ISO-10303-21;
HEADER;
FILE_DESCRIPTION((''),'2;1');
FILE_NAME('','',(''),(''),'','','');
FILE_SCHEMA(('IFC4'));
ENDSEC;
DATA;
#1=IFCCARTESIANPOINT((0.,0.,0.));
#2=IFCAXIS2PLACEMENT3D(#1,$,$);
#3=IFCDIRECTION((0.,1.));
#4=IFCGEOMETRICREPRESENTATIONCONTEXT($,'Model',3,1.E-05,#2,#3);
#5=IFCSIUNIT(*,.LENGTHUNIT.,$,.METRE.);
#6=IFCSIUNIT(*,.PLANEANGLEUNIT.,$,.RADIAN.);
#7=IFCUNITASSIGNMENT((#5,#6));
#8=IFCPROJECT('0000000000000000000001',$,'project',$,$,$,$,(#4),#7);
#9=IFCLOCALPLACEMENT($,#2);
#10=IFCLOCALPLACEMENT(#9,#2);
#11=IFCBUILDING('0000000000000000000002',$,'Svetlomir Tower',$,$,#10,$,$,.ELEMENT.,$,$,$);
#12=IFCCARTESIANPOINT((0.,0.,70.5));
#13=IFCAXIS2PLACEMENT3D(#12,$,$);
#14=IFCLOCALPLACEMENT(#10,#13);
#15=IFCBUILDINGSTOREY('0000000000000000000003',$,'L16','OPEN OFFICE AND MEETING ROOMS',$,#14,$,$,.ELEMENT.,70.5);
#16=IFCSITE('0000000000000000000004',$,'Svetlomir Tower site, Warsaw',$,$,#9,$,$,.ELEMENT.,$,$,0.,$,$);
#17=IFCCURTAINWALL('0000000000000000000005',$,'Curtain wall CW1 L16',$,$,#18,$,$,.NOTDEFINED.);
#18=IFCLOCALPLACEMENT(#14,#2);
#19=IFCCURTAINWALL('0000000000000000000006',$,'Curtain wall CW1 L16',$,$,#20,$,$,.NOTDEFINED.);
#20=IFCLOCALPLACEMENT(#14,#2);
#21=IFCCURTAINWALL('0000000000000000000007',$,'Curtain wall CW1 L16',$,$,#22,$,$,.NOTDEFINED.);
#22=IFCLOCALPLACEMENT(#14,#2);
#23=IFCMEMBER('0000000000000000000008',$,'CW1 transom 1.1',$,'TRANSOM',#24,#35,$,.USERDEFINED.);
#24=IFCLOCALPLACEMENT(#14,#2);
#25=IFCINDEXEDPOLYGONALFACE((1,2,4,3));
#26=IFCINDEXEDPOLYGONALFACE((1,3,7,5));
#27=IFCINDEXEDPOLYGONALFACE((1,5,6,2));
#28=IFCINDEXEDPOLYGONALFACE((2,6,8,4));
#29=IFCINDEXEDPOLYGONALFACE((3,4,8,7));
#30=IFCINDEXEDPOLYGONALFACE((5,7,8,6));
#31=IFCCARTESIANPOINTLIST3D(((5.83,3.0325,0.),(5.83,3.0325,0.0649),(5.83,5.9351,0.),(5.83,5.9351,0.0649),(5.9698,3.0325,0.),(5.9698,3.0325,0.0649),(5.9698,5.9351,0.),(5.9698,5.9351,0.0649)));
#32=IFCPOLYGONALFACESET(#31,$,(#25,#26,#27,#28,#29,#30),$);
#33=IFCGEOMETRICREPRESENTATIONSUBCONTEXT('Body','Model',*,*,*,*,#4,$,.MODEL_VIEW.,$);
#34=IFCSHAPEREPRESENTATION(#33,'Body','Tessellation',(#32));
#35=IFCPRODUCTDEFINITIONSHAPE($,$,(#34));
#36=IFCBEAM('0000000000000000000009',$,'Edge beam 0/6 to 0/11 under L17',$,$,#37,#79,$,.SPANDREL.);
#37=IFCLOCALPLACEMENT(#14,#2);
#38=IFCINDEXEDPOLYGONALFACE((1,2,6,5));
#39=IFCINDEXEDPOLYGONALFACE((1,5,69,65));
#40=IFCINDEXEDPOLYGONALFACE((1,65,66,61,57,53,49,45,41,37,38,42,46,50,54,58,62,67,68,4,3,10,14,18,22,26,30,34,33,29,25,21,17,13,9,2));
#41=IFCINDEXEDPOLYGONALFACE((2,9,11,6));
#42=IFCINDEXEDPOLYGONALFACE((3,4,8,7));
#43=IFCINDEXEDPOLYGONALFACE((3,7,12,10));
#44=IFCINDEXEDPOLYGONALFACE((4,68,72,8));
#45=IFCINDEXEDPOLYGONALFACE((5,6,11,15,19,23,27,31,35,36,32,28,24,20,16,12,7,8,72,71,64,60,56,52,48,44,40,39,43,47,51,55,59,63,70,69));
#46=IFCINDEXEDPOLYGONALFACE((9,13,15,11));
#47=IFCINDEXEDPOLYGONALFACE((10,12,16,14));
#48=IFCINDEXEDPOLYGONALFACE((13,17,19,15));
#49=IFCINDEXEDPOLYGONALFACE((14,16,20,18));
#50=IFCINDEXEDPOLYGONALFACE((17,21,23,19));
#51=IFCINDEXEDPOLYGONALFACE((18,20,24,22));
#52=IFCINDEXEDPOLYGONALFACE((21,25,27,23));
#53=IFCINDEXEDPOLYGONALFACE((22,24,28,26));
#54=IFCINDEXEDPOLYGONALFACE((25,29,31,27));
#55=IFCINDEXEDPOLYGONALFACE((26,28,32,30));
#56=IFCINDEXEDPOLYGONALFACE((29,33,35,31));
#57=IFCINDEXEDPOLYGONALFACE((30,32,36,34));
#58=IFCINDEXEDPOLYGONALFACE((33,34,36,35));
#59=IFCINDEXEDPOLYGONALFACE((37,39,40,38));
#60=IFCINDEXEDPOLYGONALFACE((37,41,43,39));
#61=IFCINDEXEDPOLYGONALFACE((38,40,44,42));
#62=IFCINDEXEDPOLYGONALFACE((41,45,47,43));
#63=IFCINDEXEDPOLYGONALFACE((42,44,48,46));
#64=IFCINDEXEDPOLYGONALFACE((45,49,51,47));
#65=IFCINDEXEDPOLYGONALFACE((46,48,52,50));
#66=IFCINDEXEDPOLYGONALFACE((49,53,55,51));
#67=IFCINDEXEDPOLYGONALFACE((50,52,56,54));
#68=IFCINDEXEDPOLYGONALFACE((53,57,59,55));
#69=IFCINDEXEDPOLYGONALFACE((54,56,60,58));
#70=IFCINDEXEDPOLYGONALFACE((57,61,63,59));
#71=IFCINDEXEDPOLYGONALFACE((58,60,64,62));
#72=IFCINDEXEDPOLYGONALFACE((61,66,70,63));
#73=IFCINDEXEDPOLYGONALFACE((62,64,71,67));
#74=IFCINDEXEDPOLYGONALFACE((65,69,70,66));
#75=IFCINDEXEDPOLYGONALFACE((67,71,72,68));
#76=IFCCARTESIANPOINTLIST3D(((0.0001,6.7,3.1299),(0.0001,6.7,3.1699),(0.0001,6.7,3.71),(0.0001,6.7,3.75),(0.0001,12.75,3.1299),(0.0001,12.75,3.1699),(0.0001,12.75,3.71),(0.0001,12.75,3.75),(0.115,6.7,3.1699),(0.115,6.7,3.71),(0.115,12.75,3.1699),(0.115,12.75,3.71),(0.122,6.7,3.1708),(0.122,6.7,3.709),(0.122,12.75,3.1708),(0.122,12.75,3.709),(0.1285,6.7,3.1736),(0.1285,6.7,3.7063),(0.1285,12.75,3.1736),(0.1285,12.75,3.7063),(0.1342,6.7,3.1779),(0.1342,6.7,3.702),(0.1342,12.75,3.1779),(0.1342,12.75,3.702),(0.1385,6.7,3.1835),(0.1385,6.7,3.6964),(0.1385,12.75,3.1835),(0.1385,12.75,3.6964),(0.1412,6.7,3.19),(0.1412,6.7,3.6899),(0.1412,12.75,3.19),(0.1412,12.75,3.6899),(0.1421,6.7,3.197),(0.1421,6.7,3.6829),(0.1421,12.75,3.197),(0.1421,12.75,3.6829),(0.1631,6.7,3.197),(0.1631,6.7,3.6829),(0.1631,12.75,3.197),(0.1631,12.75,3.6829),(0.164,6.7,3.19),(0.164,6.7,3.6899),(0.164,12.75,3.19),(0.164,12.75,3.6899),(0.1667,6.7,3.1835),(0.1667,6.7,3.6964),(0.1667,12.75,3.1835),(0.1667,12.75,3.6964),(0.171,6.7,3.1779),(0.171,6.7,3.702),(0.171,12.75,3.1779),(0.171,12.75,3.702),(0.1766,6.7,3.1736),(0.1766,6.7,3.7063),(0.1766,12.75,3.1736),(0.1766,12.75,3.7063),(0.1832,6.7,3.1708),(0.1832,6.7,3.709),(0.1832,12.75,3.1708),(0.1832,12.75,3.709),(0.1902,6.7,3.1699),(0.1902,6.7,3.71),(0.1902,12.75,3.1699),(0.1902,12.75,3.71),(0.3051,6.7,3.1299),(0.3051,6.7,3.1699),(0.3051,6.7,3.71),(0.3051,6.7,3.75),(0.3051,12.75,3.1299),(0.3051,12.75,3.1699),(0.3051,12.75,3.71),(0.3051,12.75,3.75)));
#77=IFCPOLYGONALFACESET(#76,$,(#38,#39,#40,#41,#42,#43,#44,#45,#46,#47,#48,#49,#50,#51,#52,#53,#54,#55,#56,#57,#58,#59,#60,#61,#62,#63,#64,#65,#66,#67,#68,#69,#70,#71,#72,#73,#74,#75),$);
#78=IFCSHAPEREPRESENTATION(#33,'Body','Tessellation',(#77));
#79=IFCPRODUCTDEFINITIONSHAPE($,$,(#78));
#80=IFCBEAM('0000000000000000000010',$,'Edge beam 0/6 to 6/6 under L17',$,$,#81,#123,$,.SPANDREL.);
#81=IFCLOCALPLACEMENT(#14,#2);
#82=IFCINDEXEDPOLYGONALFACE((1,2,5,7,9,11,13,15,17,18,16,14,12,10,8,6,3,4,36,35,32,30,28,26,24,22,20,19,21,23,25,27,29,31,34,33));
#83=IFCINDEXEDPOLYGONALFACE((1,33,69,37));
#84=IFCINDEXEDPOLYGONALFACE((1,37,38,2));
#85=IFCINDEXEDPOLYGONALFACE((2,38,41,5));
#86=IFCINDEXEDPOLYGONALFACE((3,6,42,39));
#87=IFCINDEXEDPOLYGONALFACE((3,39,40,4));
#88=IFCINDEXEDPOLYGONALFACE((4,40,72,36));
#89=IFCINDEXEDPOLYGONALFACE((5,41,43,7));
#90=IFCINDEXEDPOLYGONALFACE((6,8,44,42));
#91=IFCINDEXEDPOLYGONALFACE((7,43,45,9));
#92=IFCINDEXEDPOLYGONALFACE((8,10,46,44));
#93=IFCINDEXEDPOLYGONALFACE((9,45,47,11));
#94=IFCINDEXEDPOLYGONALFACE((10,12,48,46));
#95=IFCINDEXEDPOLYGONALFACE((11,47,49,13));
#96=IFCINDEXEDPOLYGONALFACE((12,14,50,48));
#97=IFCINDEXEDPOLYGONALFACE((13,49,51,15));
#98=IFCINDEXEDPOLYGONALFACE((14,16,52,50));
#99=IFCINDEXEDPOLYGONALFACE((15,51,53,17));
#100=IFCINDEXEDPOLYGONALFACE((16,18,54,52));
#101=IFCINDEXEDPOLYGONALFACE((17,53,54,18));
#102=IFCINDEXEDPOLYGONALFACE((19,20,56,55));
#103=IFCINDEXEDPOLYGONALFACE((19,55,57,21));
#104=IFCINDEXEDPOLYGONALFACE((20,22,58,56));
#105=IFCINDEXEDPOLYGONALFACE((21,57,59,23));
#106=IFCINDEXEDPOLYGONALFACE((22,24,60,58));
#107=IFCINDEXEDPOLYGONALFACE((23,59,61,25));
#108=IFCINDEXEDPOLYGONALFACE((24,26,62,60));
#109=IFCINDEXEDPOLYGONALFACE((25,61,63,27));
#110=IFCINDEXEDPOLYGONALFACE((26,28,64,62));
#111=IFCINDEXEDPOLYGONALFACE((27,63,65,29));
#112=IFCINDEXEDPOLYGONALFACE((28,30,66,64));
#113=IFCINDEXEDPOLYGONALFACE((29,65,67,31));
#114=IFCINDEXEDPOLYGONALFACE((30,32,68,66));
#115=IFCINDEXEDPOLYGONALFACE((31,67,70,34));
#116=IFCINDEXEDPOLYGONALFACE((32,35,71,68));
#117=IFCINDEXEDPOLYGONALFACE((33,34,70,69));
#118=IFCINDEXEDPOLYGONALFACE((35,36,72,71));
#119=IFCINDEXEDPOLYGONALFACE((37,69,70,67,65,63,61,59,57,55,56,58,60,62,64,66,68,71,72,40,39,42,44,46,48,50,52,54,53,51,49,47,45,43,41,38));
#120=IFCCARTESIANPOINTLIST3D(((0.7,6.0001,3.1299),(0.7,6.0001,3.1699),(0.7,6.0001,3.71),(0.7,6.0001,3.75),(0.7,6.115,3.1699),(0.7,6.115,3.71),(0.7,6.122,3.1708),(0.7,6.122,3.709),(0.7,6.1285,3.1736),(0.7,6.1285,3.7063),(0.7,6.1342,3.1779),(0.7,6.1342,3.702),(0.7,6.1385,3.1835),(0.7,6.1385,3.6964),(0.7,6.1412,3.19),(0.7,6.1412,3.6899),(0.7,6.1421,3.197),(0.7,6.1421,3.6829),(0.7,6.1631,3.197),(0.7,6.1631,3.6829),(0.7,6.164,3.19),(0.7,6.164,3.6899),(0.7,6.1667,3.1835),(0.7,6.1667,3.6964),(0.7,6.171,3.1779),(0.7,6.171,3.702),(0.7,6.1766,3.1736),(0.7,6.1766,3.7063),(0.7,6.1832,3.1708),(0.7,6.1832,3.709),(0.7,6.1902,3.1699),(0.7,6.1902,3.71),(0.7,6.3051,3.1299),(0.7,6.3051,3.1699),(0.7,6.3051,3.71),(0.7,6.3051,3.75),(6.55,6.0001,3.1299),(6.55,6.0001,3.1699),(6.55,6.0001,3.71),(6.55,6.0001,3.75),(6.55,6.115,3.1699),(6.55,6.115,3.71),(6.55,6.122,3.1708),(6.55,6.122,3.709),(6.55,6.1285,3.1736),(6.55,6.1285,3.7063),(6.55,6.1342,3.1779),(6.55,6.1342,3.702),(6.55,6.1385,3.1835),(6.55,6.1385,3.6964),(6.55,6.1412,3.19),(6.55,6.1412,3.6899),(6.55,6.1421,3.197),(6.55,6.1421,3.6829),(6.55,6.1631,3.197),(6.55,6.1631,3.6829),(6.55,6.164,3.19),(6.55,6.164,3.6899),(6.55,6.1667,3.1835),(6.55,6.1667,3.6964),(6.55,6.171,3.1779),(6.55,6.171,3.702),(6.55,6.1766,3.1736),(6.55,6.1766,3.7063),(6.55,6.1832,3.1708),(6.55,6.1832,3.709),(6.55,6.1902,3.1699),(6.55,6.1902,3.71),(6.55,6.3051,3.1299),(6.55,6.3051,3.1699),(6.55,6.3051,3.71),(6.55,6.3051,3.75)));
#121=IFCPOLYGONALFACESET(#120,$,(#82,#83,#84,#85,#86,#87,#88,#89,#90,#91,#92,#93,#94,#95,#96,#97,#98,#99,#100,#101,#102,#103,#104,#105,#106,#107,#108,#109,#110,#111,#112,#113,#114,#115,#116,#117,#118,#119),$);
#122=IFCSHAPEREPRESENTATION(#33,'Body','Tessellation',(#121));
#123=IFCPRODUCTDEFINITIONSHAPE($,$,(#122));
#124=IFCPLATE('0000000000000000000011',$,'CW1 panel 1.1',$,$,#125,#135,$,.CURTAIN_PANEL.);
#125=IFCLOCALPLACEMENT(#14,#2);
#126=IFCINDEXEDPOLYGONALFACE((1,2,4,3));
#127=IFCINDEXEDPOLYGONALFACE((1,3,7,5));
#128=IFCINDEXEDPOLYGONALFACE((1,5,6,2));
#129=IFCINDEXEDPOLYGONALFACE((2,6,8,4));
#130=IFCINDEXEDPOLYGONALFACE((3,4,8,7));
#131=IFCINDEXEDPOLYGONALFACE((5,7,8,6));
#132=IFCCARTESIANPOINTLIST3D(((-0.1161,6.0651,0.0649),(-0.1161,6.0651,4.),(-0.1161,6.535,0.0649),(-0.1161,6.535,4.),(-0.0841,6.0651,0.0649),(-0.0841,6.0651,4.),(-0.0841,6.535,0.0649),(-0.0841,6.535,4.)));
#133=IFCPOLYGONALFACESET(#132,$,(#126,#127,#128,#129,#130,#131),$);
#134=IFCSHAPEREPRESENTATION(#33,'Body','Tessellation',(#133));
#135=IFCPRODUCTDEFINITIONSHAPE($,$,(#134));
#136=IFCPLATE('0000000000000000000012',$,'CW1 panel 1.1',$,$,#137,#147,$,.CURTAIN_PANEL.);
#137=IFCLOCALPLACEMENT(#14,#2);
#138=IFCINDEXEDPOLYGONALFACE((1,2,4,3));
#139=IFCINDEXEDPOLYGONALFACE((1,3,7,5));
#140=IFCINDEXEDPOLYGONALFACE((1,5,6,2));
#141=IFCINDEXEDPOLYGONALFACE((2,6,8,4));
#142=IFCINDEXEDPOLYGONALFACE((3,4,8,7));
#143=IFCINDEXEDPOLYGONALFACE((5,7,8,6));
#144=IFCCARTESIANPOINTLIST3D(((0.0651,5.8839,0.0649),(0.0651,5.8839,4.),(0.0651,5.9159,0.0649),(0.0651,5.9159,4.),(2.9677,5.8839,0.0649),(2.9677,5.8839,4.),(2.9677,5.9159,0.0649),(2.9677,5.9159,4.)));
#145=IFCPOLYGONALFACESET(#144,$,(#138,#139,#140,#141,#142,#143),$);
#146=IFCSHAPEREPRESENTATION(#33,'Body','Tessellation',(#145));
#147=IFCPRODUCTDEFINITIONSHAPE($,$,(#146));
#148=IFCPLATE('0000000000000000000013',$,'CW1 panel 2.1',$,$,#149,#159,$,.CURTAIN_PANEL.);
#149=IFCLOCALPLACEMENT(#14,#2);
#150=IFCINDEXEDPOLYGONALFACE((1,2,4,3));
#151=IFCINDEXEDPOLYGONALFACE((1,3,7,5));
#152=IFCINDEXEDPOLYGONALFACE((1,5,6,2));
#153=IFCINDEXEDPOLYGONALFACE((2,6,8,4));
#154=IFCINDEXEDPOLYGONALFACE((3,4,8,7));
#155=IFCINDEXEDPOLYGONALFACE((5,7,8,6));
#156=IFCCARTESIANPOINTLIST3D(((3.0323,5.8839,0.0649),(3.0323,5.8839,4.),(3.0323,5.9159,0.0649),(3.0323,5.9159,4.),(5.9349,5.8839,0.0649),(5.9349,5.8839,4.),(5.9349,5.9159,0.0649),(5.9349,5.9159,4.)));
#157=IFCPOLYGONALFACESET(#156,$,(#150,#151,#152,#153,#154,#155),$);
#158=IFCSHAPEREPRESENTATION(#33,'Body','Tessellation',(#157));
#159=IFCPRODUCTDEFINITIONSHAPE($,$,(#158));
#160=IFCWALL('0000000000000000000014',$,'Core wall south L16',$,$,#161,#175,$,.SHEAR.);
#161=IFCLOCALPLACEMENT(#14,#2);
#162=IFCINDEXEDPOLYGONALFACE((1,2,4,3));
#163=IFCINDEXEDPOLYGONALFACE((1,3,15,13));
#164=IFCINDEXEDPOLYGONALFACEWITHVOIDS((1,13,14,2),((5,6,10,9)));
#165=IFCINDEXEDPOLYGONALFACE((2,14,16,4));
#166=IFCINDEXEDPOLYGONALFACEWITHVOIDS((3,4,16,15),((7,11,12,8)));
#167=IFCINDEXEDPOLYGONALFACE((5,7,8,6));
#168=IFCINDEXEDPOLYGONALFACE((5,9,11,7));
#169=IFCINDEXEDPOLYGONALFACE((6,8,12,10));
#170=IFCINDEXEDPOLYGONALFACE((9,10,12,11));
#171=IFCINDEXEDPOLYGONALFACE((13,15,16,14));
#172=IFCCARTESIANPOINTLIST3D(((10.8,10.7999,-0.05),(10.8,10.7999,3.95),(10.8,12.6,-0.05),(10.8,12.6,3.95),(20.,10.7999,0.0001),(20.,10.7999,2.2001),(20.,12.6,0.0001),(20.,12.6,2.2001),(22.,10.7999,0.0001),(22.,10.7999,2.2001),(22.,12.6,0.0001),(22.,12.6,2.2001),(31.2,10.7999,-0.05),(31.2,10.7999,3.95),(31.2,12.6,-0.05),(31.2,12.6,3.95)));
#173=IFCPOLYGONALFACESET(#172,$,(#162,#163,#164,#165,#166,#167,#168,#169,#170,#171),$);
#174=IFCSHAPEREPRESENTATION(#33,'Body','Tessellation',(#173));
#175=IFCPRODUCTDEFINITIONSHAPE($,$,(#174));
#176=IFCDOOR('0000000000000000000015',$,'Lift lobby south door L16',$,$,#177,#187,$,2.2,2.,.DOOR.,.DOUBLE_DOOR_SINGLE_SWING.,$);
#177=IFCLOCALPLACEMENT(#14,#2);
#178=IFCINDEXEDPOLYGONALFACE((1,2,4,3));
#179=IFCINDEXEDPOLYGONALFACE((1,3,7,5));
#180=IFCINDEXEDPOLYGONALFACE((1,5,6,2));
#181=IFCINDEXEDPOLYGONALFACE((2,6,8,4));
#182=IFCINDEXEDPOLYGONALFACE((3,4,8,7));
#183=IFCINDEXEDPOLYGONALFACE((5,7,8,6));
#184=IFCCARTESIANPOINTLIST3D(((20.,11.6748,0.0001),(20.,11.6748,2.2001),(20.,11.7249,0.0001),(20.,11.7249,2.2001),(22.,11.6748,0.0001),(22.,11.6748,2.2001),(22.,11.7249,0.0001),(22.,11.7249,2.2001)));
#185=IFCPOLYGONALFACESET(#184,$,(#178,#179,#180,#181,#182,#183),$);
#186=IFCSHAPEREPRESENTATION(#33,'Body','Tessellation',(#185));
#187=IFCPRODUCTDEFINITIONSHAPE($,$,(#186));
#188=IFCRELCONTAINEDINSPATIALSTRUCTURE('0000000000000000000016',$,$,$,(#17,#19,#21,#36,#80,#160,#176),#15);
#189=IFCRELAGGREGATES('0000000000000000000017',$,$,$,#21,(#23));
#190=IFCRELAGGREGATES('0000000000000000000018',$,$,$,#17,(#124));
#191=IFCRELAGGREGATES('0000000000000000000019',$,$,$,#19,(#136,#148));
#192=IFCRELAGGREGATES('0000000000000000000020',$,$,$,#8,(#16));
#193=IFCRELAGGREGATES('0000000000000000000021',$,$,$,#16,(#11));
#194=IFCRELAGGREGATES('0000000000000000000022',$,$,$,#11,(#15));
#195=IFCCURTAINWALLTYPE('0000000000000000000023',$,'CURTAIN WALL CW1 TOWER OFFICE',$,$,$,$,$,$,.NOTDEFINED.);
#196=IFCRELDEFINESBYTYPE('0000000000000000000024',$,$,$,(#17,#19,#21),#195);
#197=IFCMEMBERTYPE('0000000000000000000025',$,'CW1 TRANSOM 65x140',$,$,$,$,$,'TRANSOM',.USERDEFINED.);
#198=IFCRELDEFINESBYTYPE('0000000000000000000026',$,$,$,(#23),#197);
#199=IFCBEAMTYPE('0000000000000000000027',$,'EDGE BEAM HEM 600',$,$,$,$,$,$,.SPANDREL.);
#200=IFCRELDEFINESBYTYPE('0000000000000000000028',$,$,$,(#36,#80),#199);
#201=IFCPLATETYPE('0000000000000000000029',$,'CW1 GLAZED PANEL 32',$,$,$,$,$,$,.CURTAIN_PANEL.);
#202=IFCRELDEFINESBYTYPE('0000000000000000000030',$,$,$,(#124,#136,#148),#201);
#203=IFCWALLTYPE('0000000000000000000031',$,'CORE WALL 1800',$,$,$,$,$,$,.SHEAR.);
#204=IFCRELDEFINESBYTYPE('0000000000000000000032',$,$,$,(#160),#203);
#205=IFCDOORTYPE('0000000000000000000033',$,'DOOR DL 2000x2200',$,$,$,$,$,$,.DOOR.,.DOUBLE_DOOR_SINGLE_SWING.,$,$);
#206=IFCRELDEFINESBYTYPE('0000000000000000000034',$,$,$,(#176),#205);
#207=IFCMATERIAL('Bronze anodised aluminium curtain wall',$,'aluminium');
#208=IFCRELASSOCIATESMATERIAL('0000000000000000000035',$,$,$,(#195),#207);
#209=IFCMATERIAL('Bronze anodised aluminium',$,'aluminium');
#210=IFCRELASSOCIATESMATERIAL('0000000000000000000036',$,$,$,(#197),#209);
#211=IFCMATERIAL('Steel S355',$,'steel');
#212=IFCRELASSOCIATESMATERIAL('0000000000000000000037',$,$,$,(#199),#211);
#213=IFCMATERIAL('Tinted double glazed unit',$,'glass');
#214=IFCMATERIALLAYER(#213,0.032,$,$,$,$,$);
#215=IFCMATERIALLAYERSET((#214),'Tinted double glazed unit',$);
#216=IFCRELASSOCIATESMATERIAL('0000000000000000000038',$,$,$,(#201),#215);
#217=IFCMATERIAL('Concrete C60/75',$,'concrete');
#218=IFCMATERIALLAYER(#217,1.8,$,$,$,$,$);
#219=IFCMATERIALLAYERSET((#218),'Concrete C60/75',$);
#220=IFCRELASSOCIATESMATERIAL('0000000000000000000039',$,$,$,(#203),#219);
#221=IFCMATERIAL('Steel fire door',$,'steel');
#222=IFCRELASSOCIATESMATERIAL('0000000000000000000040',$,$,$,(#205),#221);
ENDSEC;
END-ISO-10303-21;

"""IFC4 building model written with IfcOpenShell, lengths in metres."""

from ifc_helpers import new_model, si_unit, direction, frame, frame_2d, origin, origin_2d, place, context, subcontext, project, spatial, rectangle, i_section, extrude, material, layer, layer_set, material_profile, profile_set, type_object, element, fill, aggregate, save


model = new_model("IFC4")

# Units and contexts
model_context = context("Model", 3, precision=1e-05, world=origin(), true_north=direction((0.0, 1.0)))
body_context = subcontext(model_context, "Body", "Model", "MODEL_VIEW")
ifc_project = project(units=[si_unit("LENGTHUNIT", "METRE"), si_unit("PLANEANGLEUNIT", "RADIAN")], contexts=[model_context])

# Site, building, storey
site_placement = place(None, origin())
site = spatial("IfcSite", under=ifc_project, at=site_placement, Name="Svetlomir Tower site, Warsaw", CompositionType="ELEMENT", RefElevation=0.0)
building_placement = place(site_placement, origin())
building = spatial("IfcBuilding", under=site, at=building_placement, Name="Svetlomir Tower", CompositionType="ELEMENT")
storey_placement = place(building_placement, frame((0.0, 0.0, 70.5)))
storey = spatial("IfcBuildingStorey", under=building, at=storey_placement, Name="L16", Description="OPEN OFFICE AND MEETING ROOMS", CompositionType="ELEMENT", Elevation=70.5)

# Shared definitions
ifc_material_1 = material(Name="Bronze anodised aluminium curtain wall", Category="aluminium")
curtain_wall_type = type_object("IfcCurtainWallType", Name="CURTAIN WALL CW1 TOWER OFFICE", PredefinedType="NOTDEFINED", material=ifc_material_1)

# Curtain walls
curtain_wall_1_placement = place(storey_placement, origin())
curtain_wall_1 = element("IfcCurtainWall", 1, at=curtain_wall_1_placement, inside=storey, type_object=curtain_wall_type, Name="Curtain wall CW1 L16", PredefinedType="NOTDEFINED")
curtain_wall_2_placement = place(storey_placement, origin())
curtain_wall_2 = element("IfcCurtainWall", 2, at=curtain_wall_2_placement, inside=storey, type_object=curtain_wall_type, Name="Curtain wall CW1 L16", PredefinedType="NOTDEFINED")

# Curtain wall
curtain_wall_3_placement = place(storey_placement, origin())
curtain_wall_3 = element("IfcCurtainWall", 3, at=curtain_wall_3_placement, inside=storey, type_object=curtain_wall_type, Name="Curtain wall CW1 L16", PredefinedType="NOTDEFINED")

# Member
ifc_material_2 = material(Name="Bronze anodised aluminium", Category="aluminium")
ifc_material_profile_1 = material_profile(ifc_material_2, rectangle(XDim=0.1399, YDim=0.0649, at=origin_2d()), Name="AL 140x65")
ifc_profile_set_1 = profile_set([ifc_material_profile_1], Name="Bronze anodised aluminium 6063-T6")
member_type_1 = type_object("IfcMemberType", Name="CW1 TRANSOM 65x140", ElementType="TRANSOM", PredefinedType="USERDEFINED", material=ifc_profile_set_1)
member_1_placement = place(storey_placement, frame((5.8999, 5.9351, 0.0325), z_axis=(0.0, -1.0, 0.0), x_axis=(1.0, 0.0, 0.0)))
member_1 = element("IfcMember", 4, at=member_1_placement, type_object=member_type_1, Name="CW1 transom 1.1", ObjectType="TRANSOM", PredefinedType="USERDEFINED", context=body_context, shape_type="SweptSolid", body=[
    extrude(rectangle(XDim=0.1399, YDim=0.0649, at=origin_2d()), origin(), (0.0, 0.0, 1.0), 2.9026),
])
aggregate(curtain_wall_3, [member_1])

# Beams
ifc_material_3 = material(Name="Steel S355", Category="steel")
ifc_material_profile_2 = material_profile(ifc_material_3, i_section(OverallWidth=0.3049, OverallDepth=0.6201, WebThickness=0.021, FlangeThickness=0.04, FilletRadius=0.0271, at=origin_2d()), Name="HEM 600")
ifc_profile_set_2 = profile_set([ifc_material_profile_2], Name="Steel S355")
beam_type_1 = type_object("IfcBeamType", Name="EDGE BEAM HEM 600", PredefinedType="SPANDREL", material=ifc_profile_set_2)
beam_1_placement = place(storey_placement, frame((0.1526, 6.7, 3.4399), z_axis=(0.0, 1.0, 0.0), x_axis=(-1.0, 0.0, 0.0)))
element("IfcBeam", 5, at=beam_1_placement, inside=storey, type_object=beam_type_1, Name="Edge beam 0/6 to 0/11 under L17", PredefinedType="SPANDREL", context=body_context, shape_type="SweptSolid", body=[
    extrude(i_section(OverallWidth=0.3049, OverallDepth=0.6201, WebThickness=0.021, FlangeThickness=0.04, FilletRadius=0.0271, at=origin_2d()), origin(), (0.0, 0.0, 1.0), 6.05),
])
beam_2_placement = place(storey_placement, frame((0.7, 6.1526, 3.4399), z_axis=(1.0, 0.0, 0.0), x_axis=(0.0, 1.0, 0.0)))
element("IfcBeam", 6, at=beam_2_placement, inside=storey, type_object=beam_type_1, Name="Edge beam 0/6 to 6/6 under L17", PredefinedType="SPANDREL", context=body_context, shape_type="SweptSolid", body=[
    extrude(i_section(OverallWidth=0.3049, OverallDepth=0.6201, WebThickness=0.021, FlangeThickness=0.04, FilletRadius=0.0271, at=origin_2d()), origin(), (0.0, 0.0, 1.0), 5.8501),
])

# Plates
ifc_material_4 = material(Name="Tinted double glazed unit", Category="glass")
ifc_layer_1 = layer(ifc_material_4, 0.032)
ifc_layer_set_1 = layer_set([ifc_layer_1], Name="Tinted double glazed unit")
plate_type = type_object("IfcPlateType", Name="CW1 GLAZED PANEL 32", PredefinedType="CURTAIN_PANEL", material=ifc_layer_set_1)
plate_1_placement = place(storey_placement, frame((-0.1001, 6.3, 0.0649), z_axis=(0.0, 0.0, 1.0), x_axis=(0.0, -1.0, 0.0)))
plate_1 = element("IfcPlate", 7, at=plate_1_placement, type_object=plate_type, Name="CW1 panel 1.1", PredefinedType="CURTAIN_PANEL", context=body_context, shape_type="SweptSolid", body=[
    extrude(rectangle(XDim=0.47, YDim=0.032, at=origin_2d()), origin(), (0.0, 0.0, 1.0), 3.9351),
])
aggregate(curtain_wall_1, [plate_1])
plate_2_placement = place(storey_placement, frame((1.5164, 5.8999, 0.0649), z_axis=(0.0, 0.0, 1.0), x_axis=(1.0, 0.0, 0.0)))
plate_2 = element("IfcPlate", 8, at=plate_2_placement, type_object=plate_type, Name="CW1 panel 1.1", PredefinedType="CURTAIN_PANEL", context=body_context, shape_type="SweptSolid", body=[
    extrude(rectangle(XDim=2.9026, YDim=0.032, at=origin_2d()), origin(), (0.0, 0.0, 1.0), 3.9351),
])
plate_3_placement = place(storey_placement, frame((4.4836, 5.8999, 0.0649), z_axis=(0.0, 0.0, 1.0), x_axis=(1.0, 0.0, 0.0)))
plate_3 = element("IfcPlate", 9, at=plate_3_placement, type_object=plate_type, Name="CW1 panel 2.1", PredefinedType="CURTAIN_PANEL", context=body_context, shape_type="SweptSolid", body=[
    extrude(rectangle(XDim=2.9026, YDim=0.032, at=origin_2d()), origin(), (0.0, 0.0, 1.0), 3.9351),
])
aggregate(curtain_wall_2, [plate_2, plate_3])

# Wall, opening, door
ifc_material_5 = material(Name="Concrete C60/75", Category="concrete")
ifc_layer_2 = layer(ifc_material_5, 1.8)
ifc_layer_set_2 = layer_set([ifc_layer_2], Name="Concrete C60/75")
wall_type_1 = type_object("IfcWallType", Name="CORE WALL 1800", PredefinedType="SHEAR", material=ifc_layer_set_2)
wall_1_placement = place(storey_placement, frame((10.8, 11.7, -0.05), z_axis=(0.0, 0.0, 1.0), x_axis=(1.0, 0.0, 0.0)))
wall_1 = element("IfcWall", 10, at=wall_1_placement, inside=storey, type_object=wall_type_1, Name="Core wall south L16", PredefinedType="SHEAR", context=body_context, shape_type="SweptSolid", body=[
    extrude(rectangle(XDim=20.3999, YDim=1.8, at=frame_2d((10.2, 0.0))), origin(), (0.0, 0.0, 1.0), 4.0),
])
opening_1_placement = place(wall_1_placement, frame((9.2, 0.0, 0.05)))
opening_1 = element("IfcOpeningElement", 11, at=opening_1_placement, cuts=wall_1, PredefinedType="OPENING", context=body_context, shape_type="SweptSolid", body=[
    extrude(rectangle(XDim=2.0, YDim=2.2, at=frame_2d((1.0, 1.1001))), frame((0.0, 0.9102, 0.0), z_axis=(0.0, -1.0, 0.0), x_axis=(1.0, 0.0, 0.0)), (0.0, 0.0, 1.0), 1.8201),
])
ifc_material_6 = material(Name="Steel fire door", Category="steel")
door_type_1 = type_object("IfcDoorType", Name="DOOR DL 2000x2200", OperationType="DOUBLE_DOOR_SINGLE_SWING", PredefinedType="DOOR", material=ifc_material_6)
door_1_placement = place(opening_1_placement, origin())
door_1 = element("IfcDoor", 12, at=door_1_placement, inside=storey, type_object=door_type_1, Name="Lift lobby south door L16", OperationType="DOUBLE_DOOR_SINGLE_SWING", OverallHeight=2.2, OverallWidth=2.0, PredefinedType="DOOR", context=body_context, shape_type="SweptSolid", body=[
    extrude(rectangle(XDim=2.0, YDim=2.2, at=frame_2d((1.0, 1.1001))), frame((0.0, 0.0249, 0.0), z_axis=(0.0, -1.0, 0.0), x_axis=(1.0, 0.0, 0.0)), (0.0, 0.0, 1.0), 0.05),
])
fill(opening_1, door_1)

save(model, "model.ifc")
